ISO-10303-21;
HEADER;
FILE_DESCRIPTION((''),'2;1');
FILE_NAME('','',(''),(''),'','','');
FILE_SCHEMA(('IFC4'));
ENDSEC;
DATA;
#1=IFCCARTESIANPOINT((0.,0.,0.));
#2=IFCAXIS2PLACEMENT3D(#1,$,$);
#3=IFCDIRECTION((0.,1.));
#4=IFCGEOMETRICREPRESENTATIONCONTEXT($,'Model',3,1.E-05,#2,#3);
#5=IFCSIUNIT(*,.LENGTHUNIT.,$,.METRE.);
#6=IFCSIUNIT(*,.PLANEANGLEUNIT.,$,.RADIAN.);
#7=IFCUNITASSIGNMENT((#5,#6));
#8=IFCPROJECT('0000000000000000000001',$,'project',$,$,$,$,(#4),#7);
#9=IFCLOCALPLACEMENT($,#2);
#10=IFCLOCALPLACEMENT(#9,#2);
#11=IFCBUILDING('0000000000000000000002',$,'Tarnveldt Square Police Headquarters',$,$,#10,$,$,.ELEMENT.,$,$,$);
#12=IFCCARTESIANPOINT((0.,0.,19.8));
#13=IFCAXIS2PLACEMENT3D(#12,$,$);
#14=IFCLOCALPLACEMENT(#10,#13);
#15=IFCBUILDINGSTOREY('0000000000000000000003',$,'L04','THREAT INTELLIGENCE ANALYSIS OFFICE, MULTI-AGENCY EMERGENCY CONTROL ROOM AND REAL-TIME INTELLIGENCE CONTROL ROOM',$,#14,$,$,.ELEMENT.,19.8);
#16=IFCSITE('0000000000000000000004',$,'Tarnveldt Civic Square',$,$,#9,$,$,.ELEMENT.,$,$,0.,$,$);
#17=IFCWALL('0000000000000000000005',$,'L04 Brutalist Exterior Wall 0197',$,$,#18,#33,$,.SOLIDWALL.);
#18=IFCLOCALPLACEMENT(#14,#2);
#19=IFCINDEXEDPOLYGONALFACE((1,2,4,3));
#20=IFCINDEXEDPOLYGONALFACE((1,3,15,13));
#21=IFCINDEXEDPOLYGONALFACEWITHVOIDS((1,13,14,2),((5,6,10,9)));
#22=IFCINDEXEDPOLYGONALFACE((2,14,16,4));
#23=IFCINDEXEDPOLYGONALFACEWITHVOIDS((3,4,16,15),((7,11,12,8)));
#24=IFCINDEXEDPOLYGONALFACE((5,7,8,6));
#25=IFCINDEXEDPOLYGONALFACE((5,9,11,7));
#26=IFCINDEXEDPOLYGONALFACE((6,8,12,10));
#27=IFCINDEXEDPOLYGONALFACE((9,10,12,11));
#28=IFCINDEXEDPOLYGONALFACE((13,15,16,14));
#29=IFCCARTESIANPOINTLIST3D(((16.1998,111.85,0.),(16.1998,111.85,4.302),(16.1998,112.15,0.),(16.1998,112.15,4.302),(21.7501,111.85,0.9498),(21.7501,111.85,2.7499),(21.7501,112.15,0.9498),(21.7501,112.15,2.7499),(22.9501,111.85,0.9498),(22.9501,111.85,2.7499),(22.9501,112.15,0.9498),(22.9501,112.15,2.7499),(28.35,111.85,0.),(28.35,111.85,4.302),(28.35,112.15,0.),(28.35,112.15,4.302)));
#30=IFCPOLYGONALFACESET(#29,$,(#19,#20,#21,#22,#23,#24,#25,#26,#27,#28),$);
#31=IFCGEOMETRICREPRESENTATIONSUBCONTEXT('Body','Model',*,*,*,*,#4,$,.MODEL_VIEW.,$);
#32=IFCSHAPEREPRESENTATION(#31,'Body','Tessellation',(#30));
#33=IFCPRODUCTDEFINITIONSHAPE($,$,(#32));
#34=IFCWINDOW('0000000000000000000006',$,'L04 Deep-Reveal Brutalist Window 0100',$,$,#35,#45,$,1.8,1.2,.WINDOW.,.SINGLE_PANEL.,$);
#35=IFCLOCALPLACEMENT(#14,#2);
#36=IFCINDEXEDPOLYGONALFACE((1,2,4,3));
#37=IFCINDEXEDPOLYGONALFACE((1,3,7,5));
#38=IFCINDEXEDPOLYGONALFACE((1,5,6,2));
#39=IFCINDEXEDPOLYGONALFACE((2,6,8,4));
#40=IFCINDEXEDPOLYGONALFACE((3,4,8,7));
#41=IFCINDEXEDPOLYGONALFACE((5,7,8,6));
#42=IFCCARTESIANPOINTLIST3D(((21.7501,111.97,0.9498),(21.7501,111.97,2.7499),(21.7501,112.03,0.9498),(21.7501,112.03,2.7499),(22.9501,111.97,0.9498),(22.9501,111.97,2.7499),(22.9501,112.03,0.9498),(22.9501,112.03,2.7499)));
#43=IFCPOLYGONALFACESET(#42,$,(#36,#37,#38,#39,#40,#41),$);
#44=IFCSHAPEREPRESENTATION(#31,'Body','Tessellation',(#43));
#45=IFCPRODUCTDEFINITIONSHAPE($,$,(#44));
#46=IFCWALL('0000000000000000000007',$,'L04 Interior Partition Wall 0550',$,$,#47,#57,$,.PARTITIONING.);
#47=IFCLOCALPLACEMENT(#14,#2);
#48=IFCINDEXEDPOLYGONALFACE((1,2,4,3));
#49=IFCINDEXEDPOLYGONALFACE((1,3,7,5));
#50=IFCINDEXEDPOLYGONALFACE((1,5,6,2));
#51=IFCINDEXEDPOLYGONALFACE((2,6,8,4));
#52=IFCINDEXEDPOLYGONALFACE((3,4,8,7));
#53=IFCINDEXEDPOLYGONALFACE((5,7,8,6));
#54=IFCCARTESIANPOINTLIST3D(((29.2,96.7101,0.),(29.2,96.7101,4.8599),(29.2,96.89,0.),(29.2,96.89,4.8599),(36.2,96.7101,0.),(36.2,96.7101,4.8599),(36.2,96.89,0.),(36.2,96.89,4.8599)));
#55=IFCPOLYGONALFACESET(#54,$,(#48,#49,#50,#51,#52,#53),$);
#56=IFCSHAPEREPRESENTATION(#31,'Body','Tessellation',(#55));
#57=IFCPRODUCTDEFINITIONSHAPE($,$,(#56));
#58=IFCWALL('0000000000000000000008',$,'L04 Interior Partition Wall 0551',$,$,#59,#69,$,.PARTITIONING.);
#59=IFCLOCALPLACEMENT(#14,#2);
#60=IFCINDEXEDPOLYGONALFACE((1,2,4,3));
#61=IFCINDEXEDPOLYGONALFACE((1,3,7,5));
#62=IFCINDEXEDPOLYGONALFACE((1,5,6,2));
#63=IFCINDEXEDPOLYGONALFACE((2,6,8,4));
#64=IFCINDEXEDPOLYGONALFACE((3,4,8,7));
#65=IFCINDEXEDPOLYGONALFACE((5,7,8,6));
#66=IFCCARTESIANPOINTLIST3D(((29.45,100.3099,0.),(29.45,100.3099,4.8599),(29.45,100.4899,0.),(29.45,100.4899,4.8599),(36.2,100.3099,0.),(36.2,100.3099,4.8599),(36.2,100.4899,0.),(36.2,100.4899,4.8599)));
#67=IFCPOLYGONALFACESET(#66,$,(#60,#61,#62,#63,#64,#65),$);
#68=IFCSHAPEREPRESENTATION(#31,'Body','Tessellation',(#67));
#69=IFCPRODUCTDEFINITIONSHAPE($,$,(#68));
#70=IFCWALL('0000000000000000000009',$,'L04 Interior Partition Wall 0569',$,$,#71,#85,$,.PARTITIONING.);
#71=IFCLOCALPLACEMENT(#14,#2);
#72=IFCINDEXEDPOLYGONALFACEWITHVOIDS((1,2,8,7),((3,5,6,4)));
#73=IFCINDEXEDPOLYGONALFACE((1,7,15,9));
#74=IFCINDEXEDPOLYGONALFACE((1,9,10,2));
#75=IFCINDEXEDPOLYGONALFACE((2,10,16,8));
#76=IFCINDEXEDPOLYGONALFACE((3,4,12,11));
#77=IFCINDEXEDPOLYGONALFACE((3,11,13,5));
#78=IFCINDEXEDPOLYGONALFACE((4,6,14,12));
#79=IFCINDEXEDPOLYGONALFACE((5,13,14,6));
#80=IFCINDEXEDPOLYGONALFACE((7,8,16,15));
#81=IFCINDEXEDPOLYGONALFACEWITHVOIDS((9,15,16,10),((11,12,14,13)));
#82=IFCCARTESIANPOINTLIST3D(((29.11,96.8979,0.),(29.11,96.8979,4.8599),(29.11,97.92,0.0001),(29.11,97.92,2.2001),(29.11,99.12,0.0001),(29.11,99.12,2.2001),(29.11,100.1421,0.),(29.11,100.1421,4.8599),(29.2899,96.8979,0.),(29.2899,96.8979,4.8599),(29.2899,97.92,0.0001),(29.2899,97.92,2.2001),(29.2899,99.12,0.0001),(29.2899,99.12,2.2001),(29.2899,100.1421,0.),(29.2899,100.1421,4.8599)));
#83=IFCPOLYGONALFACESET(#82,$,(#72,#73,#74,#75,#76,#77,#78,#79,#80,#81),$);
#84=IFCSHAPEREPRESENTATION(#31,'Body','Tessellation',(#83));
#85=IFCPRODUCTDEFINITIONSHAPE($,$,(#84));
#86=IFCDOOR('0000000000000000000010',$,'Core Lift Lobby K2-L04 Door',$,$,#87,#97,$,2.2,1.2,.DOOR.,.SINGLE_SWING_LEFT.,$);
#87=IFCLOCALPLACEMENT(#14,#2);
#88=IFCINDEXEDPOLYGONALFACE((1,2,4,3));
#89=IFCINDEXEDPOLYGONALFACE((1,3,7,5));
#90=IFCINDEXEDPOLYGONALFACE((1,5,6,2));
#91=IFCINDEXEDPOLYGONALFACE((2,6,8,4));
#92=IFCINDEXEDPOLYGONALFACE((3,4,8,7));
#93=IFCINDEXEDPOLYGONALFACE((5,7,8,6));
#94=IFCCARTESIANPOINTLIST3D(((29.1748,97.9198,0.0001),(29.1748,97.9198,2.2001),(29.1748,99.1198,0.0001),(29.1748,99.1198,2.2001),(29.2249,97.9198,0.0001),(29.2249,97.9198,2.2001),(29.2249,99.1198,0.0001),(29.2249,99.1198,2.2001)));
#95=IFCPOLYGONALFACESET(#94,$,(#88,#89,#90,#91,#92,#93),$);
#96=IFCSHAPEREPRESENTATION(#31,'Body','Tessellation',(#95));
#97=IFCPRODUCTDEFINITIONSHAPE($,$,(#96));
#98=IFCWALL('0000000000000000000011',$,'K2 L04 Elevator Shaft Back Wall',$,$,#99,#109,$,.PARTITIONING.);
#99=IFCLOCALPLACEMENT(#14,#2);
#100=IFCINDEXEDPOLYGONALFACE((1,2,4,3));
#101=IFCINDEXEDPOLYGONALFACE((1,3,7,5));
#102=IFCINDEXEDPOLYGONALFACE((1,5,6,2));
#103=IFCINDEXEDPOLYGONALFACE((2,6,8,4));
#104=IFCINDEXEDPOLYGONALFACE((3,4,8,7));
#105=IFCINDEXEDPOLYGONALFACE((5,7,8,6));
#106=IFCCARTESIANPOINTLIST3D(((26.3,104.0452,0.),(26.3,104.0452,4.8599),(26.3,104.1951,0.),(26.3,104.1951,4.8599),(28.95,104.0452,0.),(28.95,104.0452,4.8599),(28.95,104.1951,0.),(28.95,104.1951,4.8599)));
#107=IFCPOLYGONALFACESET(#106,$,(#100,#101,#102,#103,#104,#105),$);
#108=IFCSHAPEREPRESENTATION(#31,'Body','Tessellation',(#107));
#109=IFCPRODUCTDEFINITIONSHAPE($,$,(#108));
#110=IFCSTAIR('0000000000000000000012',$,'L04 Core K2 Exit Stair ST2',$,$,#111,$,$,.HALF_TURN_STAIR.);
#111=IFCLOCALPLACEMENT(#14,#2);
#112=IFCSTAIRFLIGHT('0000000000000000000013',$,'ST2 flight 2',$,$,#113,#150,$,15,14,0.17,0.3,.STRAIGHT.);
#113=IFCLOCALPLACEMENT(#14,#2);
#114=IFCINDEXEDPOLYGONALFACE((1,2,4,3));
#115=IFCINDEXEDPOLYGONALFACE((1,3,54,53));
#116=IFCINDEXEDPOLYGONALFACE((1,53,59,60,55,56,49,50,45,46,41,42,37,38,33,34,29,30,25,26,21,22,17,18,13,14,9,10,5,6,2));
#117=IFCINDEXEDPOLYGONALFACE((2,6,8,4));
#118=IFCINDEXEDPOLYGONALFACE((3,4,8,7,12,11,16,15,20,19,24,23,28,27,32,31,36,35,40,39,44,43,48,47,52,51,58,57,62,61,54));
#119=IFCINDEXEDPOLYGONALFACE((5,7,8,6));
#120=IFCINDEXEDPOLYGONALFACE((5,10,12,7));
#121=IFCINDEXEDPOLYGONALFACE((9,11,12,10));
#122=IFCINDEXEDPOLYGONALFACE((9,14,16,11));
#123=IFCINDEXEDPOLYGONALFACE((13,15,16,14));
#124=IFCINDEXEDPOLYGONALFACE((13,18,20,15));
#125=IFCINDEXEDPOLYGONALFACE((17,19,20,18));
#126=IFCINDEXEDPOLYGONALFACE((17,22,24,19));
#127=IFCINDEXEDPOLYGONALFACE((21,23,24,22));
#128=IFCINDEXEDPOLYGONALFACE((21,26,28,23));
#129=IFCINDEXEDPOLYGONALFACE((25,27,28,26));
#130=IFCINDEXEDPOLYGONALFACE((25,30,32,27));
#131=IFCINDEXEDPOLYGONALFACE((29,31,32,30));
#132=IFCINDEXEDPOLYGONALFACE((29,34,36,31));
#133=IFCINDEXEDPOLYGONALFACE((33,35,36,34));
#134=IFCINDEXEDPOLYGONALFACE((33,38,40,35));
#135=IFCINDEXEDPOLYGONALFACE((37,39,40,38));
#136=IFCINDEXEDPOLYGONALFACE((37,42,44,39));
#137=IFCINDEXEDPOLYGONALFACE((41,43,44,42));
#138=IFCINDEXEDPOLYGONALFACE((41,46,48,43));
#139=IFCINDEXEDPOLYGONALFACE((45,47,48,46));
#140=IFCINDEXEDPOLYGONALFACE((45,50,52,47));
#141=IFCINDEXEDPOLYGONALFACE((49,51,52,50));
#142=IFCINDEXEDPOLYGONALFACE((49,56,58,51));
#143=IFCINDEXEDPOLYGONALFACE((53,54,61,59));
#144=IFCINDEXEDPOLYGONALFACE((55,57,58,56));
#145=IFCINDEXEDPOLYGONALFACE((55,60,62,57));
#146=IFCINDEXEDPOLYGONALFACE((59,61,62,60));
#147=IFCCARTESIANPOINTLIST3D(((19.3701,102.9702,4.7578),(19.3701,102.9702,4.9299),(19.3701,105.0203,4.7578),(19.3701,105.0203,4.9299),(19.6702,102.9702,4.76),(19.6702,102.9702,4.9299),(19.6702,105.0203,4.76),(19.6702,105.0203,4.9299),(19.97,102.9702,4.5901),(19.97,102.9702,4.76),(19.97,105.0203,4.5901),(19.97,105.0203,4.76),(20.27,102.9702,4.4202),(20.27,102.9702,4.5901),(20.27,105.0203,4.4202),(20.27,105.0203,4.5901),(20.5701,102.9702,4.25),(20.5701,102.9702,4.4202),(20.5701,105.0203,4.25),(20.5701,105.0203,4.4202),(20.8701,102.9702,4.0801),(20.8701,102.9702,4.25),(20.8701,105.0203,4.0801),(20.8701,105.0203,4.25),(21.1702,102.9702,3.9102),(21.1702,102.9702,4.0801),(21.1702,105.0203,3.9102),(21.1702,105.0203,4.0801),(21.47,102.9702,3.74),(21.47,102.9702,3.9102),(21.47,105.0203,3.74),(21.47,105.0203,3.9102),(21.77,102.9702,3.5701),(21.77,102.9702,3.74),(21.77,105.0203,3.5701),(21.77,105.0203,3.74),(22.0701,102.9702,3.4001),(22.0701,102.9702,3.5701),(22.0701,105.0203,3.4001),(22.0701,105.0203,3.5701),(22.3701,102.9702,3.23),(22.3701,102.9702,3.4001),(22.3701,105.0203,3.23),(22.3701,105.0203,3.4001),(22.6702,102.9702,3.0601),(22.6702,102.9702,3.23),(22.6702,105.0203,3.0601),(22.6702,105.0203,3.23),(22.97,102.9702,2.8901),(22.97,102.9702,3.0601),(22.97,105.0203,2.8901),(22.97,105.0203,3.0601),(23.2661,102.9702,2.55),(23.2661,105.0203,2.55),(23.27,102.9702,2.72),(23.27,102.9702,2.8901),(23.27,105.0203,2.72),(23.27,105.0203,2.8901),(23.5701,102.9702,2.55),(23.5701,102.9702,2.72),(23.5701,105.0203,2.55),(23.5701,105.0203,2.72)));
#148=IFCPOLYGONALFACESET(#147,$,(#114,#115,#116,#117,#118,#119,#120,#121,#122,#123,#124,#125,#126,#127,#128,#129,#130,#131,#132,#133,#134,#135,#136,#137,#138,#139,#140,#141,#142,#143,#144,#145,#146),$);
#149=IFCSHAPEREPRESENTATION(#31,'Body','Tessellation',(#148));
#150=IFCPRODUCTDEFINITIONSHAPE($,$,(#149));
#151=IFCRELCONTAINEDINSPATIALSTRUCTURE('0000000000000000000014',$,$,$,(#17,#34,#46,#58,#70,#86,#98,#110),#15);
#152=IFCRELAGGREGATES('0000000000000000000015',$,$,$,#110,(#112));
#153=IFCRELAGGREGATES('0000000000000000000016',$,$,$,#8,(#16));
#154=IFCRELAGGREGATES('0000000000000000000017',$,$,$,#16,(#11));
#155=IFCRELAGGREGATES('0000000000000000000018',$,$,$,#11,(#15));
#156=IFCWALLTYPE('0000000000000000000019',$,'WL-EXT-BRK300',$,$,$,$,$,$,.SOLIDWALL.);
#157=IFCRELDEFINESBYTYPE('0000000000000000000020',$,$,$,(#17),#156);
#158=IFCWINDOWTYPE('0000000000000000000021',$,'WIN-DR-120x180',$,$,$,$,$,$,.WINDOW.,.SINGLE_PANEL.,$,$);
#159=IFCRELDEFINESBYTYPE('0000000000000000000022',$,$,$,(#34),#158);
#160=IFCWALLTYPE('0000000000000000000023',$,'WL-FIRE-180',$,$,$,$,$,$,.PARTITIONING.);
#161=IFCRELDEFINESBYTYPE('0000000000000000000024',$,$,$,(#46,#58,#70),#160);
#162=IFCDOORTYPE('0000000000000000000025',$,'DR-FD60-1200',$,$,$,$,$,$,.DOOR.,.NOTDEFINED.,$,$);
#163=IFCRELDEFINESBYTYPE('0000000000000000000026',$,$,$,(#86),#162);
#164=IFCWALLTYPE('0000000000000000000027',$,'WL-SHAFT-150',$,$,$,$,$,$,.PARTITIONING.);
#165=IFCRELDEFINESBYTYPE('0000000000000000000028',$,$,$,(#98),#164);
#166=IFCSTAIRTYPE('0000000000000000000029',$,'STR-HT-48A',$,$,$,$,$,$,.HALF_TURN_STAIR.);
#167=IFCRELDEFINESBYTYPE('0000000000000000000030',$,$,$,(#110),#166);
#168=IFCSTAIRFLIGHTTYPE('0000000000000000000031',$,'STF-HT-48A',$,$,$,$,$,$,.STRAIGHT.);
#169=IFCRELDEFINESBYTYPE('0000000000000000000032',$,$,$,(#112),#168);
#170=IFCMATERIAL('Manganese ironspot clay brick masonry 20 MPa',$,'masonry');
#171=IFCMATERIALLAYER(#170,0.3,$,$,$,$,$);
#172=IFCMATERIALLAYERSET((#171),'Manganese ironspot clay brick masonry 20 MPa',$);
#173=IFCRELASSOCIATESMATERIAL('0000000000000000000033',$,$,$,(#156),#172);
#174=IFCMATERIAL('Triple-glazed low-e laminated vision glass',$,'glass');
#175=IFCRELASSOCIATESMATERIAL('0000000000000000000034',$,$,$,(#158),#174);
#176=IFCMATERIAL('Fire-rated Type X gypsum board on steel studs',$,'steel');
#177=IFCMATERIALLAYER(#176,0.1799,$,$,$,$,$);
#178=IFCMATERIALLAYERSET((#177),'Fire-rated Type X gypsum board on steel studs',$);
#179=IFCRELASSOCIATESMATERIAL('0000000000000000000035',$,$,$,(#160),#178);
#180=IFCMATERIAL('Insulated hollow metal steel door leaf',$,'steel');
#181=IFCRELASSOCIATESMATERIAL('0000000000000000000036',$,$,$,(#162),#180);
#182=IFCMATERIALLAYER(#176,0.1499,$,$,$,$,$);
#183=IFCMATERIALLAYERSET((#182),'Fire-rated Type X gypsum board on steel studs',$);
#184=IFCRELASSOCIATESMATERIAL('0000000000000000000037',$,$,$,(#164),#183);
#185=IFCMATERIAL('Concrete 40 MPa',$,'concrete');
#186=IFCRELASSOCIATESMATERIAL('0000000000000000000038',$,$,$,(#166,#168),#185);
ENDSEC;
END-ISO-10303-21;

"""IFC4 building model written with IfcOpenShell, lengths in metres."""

from ifc_helpers import new_model, si_unit, direction, frame, frame_2d, origin, place, context, subcontext, project, spatial, polyline, rectangle, outline, extrude, material, layer, layer_set, type_object, element, fill, aggregate, save


model = new_model("IFC4")

# Units and contexts
model_context = context("Model", 3, precision=1e-05, world=origin(), true_north=direction((0.0, 1.0)))
body_context = subcontext(model_context, "Body", "Model", "MODEL_VIEW")
ifc_project = project(units=[si_unit("LENGTHUNIT", "METRE"), si_unit("PLANEANGLEUNIT", "RADIAN")], contexts=[model_context])

# Site, building, storey
site_placement = place(None, origin())
site = spatial("IfcSite", under=ifc_project, at=site_placement, Name="Tarnveldt Civic Square", CompositionType="ELEMENT", RefElevation=0.0)
building_placement = place(site_placement, origin())
building = spatial("IfcBuilding", under=site, at=building_placement, Name="Tarnveldt Square Police Headquarters", CompositionType="ELEMENT")
storey_placement = place(building_placement, frame((0.0, 0.0, 19.8)))
storey = spatial("IfcBuildingStorey", under=building, at=storey_placement, Name="L04", Description="THREAT INTELLIGENCE ANALYSIS OFFICE, MULTI-AGENCY EMERGENCY CONTROL ROOM AND REAL-TIME INTELLIGENCE CONTROL ROOM", CompositionType="ELEMENT", Elevation=19.8)

# Shared definitions
ifc_material_1 = material(Name="Concrete 40 MPa", Category="concrete")

# Shared definitions
ifc_material_2 = material(Name="Fire-rated Type X gypsum board on steel studs", Category="steel")

# Wall, opening, window
ifc_material_3 = material(Name="Manganese ironspot clay brick masonry 20 MPa", Category="masonry")
ifc_layer_1 = layer(ifc_material_3, 0.3)
ifc_layer_set_1 = layer_set([ifc_layer_1], Name="Manganese ironspot clay brick masonry 20 MPa")
wall_type_1 = type_object("IfcWallType", Name="WL-EXT-BRK300", PredefinedType="SOLIDWALL", material=ifc_layer_set_1)
wall_1_placement = place(storey_placement, frame((28.3501, 112.0, 0.0), z_axis=(0.0, 0.0, 1.0), x_axis=(-1.0, 0.0, 0.0)))
wall_1 = element("IfcWall", 1, at=wall_1_placement, inside=storey, type_object=wall_type_1, Name="L04 Brutalist Exterior Wall 0197", PredefinedType="SOLIDWALL", context=body_context, shape_type="SweptSolid", body=[
    extrude(rectangle(XDim=12.1501, YDim=0.3, at=frame_2d((6.0752, 0.0))), origin(), (0.0, 0.0, 1.0), 4.302),
])
opening_1_placement = place(wall_1_placement, frame((5.3999, 0.0, 0.95)))
opening_1 = element("IfcOpeningElement", 2, at=opening_1_placement, cuts=wall_1, PredefinedType="OPENING", context=body_context, shape_type="SweptSolid", body=[
    extrude(rectangle(XDim=1.2, YDim=1.8, at=frame_2d((0.6001, 0.8999))), frame((0.0, 0.1599, 0.0), z_axis=(0.0, -1.0, 0.0), x_axis=(1.0, 0.0, 0.0)), (0.0, 0.0, 1.0), 0.3201),
])
ifc_material_4 = material(Name="Triple-glazed low-e laminated vision glass", Category="glass")
window_type = type_object("IfcWindowType", Name="WIN-DR-120x180", PartitioningType="SINGLE_PANEL", PredefinedType="WINDOW", material=ifc_material_4)
window_placement = place(opening_1_placement, origin())
window = element("IfcWindow", 3, at=window_placement, inside=storey, type_object=window_type, Name="L04 Deep-Reveal Brutalist Window 0100", OverallHeight=1.8, OverallWidth=1.2, PartitioningType="SINGLE_PANEL", PredefinedType="WINDOW", context=body_context, shape_type="SweptSolid", body=[
    extrude(rectangle(XDim=1.2, YDim=1.8, at=frame_2d((0.6001, 0.8999))), frame((0.0, 0.03, 0.0), z_axis=(0.0, -1.0, 0.0), x_axis=(1.0, 0.0, 0.0)), (0.0, 0.0, 1.0), 0.0601),
])
fill(opening_1, window)

# Walls
ifc_layer_2 = layer(ifc_material_2, 0.1799)
ifc_layer_set_2 = layer_set([ifc_layer_2], Name="Fire-rated Type X gypsum board on steel studs")
wall_type_2 = type_object("IfcWallType", Name="WL-FIRE-180", PredefinedType="PARTITIONING", material=ifc_layer_set_2)
wall_2_placement = place(storey_placement, frame((29.2, 96.8, 0.0), z_axis=(0.0, 0.0, 1.0), x_axis=(1.0, 0.0, 0.0)))
element("IfcWall", 4, at=wall_2_placement, inside=storey, type_object=wall_type_2, Name="L04 Interior Partition Wall 0550", PredefinedType="PARTITIONING", context=body_context, shape_type="SweptSolid", body=[
    extrude(rectangle(XDim=7.0, YDim=0.1799, at=frame_2d((3.5, 0.0))), origin(), (0.0, 0.0, 1.0), 4.8599),
])
wall_3_placement = place(storey_placement, frame((29.45, 100.3999, 0.0), z_axis=(0.0, 0.0, 1.0), x_axis=(1.0, 0.0, 0.0)))
element("IfcWall", 5, at=wall_3_placement, inside=storey, type_object=wall_type_2, Name="L04 Interior Partition Wall 0551", PredefinedType="PARTITIONING", context=body_context, shape_type="SweptSolid", body=[
    extrude(rectangle(XDim=6.75, YDim=0.1799, at=frame_2d((3.375, 0.0))), origin(), (0.0, 0.0, 1.0), 4.8599),
])

# Wall, opening, door
wall_4_placement = place(storey_placement, frame((29.2, 96.8979, 0.0), z_axis=(0.0, 0.0, 1.0), x_axis=(0.0, 1.0, 0.0)))
wall_4 = element("IfcWall", 6, at=wall_4_placement, inside=storey, type_object=wall_type_2, Name="L04 Interior Partition Wall 0569", PredefinedType="PARTITIONING", context=body_context, shape_type="SweptSolid", body=[
    extrude(rectangle(XDim=3.2441, YDim=0.1799, at=frame_2d((1.6221, 0.0))), origin(), (0.0, 0.0, 1.0), 4.8599),
])
opening_2_placement = place(wall_4_placement, frame((1.022, 0.0, 0.0)))
opening_2 = element("IfcOpeningElement", 7, at=opening_2_placement, cuts=wall_4, PredefinedType="OPENING", context=body_context, shape_type="SweptSolid", body=[
    extrude(rectangle(XDim=1.2, YDim=2.2, at=frame_2d((0.6001, 1.1001))), frame((0.0, 0.0999, 0.0), z_axis=(0.0, -1.0, 0.0), x_axis=(1.0, 0.0, 0.0)), (0.0, 0.0, 1.0), 0.2),
])
ifc_material_5 = material(Name="Insulated hollow metal steel door leaf", Category="steel")
door_type = type_object("IfcDoorType", Name="DR-FD60-1200", OperationType="NOTDEFINED", PredefinedType="DOOR", material=ifc_material_5)
door_placement = place(opening_2_placement, frame((1.2, 0.0, 0.0), z_axis=(0.0, 0.0, 1.0), x_axis=(-1.0, 0.0, 0.0)))
door = element("IfcDoor", 8, at=door_placement, inside=storey, type_object=door_type, Name="Core Lift Lobby K2-L04 Door", OperationType="SINGLE_SWING_LEFT", OverallHeight=2.2, OverallWidth=1.2, PredefinedType="DOOR", context=body_context, shape_type="SweptSolid", body=[
    extrude(rectangle(XDim=1.2, YDim=2.2, at=frame_2d((0.6001, 1.1001))), frame((0.0, 0.0249, 0.0), z_axis=(0.0, -1.0, 0.0), x_axis=(1.0, 0.0, 0.0)), (0.0, 0.0, 1.0), 0.05),
])
fill(opening_2, door)

# Wall
ifc_layer_3 = layer(ifc_material_2, 0.1499)
ifc_layer_set_3 = layer_set([ifc_layer_3], Name="Fire-rated Type X gypsum board on steel studs")
wall_type_3 = type_object("IfcWallType", Name="WL-SHAFT-150", PredefinedType="PARTITIONING", material=ifc_layer_set_3)
wall_5_placement = place(storey_placement, frame((26.3, 104.1201, 0.0), z_axis=(0.0, 0.0, 1.0), x_axis=(1.0, 0.0, 0.0)))
element("IfcWall", 9, at=wall_5_placement, inside=storey, type_object=wall_type_3, Name="K2 L04 Elevator Shaft Back Wall", PredefinedType="PARTITIONING", context=body_context, shape_type="SweptSolid", body=[
    extrude(rectangle(XDim=2.6499, YDim=0.1499, at=frame_2d((1.325, 0.0))), origin(), (0.0, 0.0, 1.0), 4.8599),
])

# Stair, stair flight
stair_type = type_object("IfcStairType", Name="STR-HT-48A", PredefinedType="HALF_TURN_STAIR", material=ifc_material_1)
stair_placement = place(storey_placement, origin())
stair = element("IfcStair", 10, at=stair_placement, inside=storey, type_object=stair_type, Name="L04 Core K2 Exit Stair ST2", PredefinedType="HALF_TURN_STAIR")
stair_flight_type = type_object("IfcStairFlightType", Name="STF-HT-48A", PredefinedType="STRAIGHT", material=ifc_material_1)
stair_flight_placement = place(storey_placement, frame((23.5701, 103.9951, 2.55), z_axis=(0.0, 0.0, 1.0), x_axis=(-1.0, 0.0, 0.0)))
stair_flight = element("IfcStairFlight", 11, at=stair_flight_placement, type_object=stair_flight_type, Name="ST2 flight 2", NumberOfRisers=15, NumberOfTreads=14, PredefinedType="STRAIGHT", RiserHeight=0.17, TreadLength=0.3, context=body_context, shape_type="SweptSolid", body=[
    extrude(outline(polyline([(0.0, 0.0), (0.0, 0.1699), (0.3, 0.1699), (0.3, 0.3401), (0.6001, 0.3401), (0.6001, 0.51), (0.8999, 0.51), (0.8999, 0.6799), (1.2, 0.6799), (1.2, 0.8501), (1.5, 0.8501), (1.5, 1.02), (1.8, 1.02), (1.8, 1.1899), (2.1001, 1.1899), (2.1001, 1.3601), (2.3999, 1.3601), (2.3999, 1.53), (2.7, 1.53), (2.7, 1.7), (3.0, 1.7), (3.0, 1.8701), (3.3, 1.8701), (3.3, 2.04), (3.6001, 2.04), (3.6001, 2.21), (3.8999, 2.21), (3.8999, 2.3799), (4.2, 2.3799), (4.2, 2.55), (4.2, 2.2078), (0.304, 0.0), (0.0, 0.0)])), frame((0.0, 1.0249, 0.0), z_axis=(0.0, -1.0, 0.0), x_axis=(1.0, 0.0, 0.0)), (0.0, 0.0, 1.0), 2.05),
])
aggregate(stair, [stair_flight])

save(model, "model.ifc")
